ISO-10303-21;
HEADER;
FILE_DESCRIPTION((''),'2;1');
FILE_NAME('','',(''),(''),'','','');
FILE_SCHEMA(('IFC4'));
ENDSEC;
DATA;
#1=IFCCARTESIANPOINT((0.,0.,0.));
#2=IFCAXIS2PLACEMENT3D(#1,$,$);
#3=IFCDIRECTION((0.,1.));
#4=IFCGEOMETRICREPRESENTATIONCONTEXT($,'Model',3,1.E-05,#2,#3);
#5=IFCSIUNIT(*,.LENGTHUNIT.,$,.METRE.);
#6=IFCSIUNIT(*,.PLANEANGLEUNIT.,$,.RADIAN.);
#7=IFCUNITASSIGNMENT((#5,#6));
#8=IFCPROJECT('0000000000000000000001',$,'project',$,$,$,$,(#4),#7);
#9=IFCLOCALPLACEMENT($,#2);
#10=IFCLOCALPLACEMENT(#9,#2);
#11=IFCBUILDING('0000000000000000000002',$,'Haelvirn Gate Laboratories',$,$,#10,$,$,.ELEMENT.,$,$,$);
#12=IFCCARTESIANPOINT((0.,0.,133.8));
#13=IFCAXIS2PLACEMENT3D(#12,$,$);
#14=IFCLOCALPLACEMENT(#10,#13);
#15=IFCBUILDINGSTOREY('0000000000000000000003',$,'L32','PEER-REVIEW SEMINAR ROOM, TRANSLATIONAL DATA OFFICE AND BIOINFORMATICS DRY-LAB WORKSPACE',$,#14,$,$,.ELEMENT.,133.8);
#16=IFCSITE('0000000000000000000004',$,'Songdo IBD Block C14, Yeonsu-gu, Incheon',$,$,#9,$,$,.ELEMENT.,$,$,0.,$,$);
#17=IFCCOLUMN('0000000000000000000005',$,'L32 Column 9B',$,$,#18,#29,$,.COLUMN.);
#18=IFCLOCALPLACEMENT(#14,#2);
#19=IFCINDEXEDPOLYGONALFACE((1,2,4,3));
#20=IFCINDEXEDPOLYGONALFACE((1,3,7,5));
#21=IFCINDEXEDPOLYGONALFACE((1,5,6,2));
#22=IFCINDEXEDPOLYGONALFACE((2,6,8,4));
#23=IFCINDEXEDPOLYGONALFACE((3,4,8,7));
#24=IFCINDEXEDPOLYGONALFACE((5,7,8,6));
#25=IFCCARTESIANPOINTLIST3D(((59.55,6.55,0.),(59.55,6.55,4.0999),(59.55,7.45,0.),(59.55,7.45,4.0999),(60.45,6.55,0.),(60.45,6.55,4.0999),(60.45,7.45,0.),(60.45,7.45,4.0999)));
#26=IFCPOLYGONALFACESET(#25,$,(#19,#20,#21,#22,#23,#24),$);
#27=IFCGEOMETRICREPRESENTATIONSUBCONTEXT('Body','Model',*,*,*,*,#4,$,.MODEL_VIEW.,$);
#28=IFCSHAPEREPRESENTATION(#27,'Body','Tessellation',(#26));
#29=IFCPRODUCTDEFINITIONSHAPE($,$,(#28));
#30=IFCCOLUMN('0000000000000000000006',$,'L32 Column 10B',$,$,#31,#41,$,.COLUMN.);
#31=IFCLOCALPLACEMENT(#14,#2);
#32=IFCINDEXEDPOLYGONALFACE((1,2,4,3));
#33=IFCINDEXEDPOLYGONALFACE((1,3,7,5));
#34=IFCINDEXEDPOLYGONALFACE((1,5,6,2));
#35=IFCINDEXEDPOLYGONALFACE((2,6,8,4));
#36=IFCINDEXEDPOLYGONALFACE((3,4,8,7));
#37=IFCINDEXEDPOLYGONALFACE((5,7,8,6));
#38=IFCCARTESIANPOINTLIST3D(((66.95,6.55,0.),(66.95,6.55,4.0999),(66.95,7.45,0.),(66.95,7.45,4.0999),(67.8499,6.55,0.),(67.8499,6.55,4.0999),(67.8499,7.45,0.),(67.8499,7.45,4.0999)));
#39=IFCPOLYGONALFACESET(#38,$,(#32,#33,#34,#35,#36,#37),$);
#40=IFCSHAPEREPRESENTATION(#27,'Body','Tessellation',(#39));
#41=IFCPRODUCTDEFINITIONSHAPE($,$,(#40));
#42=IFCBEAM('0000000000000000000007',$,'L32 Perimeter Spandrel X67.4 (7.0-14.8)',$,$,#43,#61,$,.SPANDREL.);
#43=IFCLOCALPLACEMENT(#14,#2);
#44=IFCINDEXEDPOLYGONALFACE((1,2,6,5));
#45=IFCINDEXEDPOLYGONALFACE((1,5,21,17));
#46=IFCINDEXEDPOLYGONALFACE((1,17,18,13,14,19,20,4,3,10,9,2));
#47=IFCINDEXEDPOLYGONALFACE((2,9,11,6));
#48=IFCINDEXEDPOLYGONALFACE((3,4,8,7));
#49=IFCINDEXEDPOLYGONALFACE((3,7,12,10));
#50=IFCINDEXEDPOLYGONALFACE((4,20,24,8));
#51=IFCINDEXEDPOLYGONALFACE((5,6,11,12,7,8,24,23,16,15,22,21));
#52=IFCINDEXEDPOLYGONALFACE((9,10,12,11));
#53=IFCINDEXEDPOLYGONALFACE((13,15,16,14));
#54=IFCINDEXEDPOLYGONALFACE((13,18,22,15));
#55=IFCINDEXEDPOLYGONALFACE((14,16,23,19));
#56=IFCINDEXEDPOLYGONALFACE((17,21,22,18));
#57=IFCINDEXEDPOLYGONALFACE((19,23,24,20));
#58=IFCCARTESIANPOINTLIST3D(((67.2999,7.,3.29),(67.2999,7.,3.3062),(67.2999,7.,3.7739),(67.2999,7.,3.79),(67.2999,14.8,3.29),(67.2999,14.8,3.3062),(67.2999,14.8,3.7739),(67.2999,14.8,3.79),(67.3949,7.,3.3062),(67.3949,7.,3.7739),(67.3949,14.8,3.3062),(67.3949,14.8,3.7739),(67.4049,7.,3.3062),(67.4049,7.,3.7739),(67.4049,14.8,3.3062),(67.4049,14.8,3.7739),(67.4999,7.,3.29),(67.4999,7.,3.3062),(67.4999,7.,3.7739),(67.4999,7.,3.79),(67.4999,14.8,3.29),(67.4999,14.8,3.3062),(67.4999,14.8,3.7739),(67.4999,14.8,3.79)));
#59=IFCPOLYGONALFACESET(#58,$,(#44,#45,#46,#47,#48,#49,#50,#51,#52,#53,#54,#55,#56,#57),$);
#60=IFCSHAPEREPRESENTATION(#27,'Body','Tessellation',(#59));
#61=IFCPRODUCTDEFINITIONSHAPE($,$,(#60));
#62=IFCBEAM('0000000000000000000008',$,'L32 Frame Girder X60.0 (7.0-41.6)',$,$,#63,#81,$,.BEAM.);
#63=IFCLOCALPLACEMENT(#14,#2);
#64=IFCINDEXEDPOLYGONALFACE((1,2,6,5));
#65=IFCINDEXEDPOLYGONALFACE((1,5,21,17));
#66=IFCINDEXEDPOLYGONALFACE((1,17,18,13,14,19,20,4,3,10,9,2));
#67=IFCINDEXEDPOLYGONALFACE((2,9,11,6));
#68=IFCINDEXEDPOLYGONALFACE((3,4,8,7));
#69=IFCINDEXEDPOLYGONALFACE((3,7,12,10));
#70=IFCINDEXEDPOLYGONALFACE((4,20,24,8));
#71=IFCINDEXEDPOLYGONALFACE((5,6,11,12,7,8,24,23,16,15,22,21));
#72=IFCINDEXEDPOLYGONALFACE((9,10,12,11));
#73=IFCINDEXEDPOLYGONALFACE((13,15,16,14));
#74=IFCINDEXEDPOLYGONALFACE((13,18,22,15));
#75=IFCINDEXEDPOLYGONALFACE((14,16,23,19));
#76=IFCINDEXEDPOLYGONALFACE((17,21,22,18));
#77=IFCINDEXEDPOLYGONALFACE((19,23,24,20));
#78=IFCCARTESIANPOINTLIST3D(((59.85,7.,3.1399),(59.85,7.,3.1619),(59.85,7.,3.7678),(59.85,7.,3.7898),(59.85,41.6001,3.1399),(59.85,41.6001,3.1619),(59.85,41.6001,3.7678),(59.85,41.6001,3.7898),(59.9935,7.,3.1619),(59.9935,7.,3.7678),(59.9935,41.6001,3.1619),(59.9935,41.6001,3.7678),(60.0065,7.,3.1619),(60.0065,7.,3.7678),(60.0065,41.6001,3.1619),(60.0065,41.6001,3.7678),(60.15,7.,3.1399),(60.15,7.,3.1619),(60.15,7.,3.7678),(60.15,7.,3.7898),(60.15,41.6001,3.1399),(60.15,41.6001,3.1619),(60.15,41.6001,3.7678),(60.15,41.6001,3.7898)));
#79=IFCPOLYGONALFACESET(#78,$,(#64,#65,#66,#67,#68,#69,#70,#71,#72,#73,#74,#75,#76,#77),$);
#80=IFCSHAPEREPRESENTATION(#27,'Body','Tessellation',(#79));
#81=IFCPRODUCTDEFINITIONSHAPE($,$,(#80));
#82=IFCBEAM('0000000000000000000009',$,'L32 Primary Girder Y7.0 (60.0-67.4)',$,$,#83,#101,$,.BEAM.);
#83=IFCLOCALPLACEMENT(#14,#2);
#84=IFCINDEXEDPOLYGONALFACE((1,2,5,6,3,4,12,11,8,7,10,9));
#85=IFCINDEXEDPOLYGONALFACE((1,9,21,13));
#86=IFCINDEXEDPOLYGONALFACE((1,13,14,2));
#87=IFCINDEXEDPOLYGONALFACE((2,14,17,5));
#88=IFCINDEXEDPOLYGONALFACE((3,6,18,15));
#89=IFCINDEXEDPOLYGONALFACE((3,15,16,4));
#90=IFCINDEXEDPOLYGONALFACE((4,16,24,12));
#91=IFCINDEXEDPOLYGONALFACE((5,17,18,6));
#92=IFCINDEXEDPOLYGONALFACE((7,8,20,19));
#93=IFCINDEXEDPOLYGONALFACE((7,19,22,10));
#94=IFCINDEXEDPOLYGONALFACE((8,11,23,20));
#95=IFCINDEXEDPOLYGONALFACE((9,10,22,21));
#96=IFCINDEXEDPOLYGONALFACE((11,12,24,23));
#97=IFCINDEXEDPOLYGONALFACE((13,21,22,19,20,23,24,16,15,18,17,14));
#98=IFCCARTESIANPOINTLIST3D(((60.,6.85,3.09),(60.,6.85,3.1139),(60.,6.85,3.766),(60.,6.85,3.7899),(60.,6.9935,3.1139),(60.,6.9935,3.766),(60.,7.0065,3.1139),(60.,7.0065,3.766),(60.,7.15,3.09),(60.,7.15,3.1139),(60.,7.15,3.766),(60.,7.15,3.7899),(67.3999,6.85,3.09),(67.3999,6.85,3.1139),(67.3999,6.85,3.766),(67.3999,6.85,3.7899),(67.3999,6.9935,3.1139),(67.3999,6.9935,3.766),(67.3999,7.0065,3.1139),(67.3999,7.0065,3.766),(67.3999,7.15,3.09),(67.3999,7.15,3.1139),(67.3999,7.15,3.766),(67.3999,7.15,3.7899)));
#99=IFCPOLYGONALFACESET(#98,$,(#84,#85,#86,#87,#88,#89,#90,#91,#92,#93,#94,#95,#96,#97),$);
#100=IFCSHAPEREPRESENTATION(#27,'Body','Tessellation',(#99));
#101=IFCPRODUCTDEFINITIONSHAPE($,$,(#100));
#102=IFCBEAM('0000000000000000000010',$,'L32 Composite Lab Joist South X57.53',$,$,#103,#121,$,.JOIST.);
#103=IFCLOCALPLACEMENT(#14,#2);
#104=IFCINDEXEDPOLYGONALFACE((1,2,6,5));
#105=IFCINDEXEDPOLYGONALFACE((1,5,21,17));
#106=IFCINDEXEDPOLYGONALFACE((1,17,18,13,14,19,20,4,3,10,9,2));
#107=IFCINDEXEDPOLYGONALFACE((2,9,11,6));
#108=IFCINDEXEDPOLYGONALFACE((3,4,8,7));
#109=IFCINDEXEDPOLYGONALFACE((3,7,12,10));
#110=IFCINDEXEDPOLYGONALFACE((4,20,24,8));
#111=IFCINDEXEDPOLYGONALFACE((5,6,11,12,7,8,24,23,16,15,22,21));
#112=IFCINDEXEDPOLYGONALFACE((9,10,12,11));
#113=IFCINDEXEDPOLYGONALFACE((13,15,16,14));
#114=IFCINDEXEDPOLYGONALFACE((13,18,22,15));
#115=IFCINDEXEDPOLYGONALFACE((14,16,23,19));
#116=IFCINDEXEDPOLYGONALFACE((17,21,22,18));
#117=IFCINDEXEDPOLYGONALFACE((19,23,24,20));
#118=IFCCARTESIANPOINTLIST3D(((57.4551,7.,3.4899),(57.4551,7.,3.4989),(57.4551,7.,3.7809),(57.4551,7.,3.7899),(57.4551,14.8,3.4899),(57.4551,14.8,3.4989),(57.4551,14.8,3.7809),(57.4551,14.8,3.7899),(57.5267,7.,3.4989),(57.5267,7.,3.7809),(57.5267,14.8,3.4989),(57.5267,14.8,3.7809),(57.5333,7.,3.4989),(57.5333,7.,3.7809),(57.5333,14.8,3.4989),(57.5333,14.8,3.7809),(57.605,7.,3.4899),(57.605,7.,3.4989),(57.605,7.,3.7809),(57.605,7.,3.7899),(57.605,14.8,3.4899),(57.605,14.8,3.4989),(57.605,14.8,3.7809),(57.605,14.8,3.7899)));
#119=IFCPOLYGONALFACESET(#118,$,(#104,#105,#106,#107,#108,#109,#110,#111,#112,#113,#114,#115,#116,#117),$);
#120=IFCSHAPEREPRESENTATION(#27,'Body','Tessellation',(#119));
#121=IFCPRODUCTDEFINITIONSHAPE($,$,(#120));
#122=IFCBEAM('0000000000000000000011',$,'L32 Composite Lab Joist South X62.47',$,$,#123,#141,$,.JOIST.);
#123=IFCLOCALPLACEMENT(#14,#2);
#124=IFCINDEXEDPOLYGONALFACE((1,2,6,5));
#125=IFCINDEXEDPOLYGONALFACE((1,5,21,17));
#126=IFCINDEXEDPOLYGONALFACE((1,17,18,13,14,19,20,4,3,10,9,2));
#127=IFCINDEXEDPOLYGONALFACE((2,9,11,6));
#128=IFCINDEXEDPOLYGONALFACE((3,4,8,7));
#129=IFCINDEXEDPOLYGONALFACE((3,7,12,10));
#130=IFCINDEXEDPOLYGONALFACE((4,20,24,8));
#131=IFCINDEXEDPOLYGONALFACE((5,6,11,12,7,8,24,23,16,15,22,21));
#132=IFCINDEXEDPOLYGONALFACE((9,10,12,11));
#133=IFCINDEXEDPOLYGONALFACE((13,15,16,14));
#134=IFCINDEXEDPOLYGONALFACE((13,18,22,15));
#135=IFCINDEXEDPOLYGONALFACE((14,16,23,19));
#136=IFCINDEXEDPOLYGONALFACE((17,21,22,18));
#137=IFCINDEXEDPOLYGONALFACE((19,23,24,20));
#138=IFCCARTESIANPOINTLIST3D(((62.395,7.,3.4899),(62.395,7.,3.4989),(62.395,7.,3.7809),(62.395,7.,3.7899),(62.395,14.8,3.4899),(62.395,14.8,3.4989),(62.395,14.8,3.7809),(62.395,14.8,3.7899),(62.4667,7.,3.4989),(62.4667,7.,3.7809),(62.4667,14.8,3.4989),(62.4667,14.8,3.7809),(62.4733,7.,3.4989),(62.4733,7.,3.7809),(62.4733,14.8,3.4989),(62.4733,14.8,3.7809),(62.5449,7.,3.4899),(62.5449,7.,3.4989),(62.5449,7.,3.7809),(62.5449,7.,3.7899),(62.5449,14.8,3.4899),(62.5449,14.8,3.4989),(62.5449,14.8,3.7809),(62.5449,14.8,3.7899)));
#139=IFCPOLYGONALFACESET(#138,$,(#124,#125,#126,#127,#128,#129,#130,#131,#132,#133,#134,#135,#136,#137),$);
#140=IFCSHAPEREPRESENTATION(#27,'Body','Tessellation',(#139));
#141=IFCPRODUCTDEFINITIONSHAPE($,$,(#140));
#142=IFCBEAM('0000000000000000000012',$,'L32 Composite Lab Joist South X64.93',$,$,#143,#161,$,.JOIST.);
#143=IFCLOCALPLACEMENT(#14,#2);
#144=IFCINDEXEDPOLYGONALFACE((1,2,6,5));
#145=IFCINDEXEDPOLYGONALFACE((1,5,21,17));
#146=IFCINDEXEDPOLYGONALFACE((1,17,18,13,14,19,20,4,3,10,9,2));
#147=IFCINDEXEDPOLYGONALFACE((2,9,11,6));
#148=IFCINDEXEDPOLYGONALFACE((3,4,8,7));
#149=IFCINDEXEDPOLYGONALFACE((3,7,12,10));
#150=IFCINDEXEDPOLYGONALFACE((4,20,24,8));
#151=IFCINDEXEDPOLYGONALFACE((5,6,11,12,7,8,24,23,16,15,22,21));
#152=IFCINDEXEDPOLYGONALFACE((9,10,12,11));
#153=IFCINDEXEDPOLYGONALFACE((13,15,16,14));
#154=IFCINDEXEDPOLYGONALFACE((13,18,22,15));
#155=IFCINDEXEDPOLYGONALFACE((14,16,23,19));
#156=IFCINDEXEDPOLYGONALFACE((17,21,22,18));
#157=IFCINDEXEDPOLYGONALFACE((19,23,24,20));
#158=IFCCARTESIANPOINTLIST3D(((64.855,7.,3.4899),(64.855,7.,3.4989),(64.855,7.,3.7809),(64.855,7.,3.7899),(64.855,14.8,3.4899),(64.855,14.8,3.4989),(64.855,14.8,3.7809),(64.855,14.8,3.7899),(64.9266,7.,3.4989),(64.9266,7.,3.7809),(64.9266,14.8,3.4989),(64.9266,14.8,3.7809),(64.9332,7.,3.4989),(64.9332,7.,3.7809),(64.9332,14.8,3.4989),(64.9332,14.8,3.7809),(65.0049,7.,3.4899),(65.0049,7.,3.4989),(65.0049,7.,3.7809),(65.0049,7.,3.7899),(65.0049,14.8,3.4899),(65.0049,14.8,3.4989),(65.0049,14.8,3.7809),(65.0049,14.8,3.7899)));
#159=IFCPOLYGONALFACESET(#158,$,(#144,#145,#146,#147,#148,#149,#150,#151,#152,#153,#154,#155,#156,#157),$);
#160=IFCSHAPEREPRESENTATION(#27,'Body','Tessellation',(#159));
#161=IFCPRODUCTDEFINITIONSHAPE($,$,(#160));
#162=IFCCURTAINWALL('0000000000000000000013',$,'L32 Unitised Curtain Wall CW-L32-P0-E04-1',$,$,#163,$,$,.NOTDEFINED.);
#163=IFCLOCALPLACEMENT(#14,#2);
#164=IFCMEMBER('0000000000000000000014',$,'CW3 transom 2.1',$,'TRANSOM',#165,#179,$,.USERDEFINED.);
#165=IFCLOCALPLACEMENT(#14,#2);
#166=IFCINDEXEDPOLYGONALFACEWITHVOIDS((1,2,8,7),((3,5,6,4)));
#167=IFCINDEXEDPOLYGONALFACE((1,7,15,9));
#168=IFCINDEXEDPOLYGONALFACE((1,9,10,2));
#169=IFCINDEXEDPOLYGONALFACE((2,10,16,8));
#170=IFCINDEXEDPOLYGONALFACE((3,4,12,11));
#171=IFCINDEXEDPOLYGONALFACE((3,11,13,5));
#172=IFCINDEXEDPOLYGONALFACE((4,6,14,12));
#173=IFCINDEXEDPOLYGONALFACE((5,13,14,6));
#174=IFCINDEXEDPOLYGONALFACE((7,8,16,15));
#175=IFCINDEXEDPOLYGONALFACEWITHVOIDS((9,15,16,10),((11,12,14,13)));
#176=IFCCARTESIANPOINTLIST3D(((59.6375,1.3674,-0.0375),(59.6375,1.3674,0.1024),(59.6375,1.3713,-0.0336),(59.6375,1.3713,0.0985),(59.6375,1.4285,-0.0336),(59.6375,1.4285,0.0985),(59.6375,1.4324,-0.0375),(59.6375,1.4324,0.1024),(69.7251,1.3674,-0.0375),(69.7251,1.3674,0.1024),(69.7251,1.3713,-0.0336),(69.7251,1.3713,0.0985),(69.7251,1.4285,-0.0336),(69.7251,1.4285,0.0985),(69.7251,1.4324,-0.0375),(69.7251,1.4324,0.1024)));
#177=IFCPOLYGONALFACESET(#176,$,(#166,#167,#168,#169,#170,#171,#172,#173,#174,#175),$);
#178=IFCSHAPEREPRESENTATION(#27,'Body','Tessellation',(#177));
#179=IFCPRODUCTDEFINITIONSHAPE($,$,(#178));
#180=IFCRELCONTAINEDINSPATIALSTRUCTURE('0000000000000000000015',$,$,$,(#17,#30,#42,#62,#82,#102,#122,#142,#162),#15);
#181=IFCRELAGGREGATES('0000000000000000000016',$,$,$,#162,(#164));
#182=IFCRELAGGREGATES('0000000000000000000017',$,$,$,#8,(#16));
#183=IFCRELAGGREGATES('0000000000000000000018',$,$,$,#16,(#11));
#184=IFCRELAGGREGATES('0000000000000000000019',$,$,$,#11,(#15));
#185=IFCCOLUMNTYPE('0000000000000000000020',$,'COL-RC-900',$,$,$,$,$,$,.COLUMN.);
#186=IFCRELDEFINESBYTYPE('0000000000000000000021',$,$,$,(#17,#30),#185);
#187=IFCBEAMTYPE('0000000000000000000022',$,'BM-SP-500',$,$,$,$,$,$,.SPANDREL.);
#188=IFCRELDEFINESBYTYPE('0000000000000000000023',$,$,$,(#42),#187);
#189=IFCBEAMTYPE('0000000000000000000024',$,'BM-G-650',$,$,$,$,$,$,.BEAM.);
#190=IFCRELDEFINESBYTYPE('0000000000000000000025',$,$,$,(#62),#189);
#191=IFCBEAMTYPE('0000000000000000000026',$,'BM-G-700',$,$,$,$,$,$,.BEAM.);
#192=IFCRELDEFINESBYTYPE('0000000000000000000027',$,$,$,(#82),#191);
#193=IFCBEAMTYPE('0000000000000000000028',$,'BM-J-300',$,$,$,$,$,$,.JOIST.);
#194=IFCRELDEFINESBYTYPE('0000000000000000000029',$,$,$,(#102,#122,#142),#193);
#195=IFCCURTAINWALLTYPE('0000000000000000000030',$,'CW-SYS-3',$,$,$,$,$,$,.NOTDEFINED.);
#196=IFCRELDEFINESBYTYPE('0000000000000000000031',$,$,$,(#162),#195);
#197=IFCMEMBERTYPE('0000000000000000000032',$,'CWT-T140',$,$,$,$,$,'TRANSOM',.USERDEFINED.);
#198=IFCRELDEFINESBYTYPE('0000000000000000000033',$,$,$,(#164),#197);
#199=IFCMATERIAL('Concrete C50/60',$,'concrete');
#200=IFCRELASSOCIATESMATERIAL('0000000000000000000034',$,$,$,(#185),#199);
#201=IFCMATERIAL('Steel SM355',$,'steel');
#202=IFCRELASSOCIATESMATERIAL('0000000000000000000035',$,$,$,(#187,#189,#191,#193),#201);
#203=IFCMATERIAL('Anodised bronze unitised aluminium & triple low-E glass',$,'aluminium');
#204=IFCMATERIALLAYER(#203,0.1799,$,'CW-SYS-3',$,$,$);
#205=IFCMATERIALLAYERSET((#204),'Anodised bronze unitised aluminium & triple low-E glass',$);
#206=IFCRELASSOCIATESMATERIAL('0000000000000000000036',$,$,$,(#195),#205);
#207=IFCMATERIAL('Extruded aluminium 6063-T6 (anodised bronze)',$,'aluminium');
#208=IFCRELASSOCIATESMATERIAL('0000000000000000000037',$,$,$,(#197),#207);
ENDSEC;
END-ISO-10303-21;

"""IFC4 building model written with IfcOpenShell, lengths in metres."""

from ifc_helpers import new_model, si_unit, direction, frame, origin, origin_2d, place, context, subcontext, project, spatial, rectangle, hollow_rectangle, i_section, extrude, source, transform, mapped, material, layer, layer_set, material_profile, profile_set, type_object, type_shapes, element, aggregate, save


model = new_model("IFC4")

# Units and contexts
model_context = context("Model", 3, precision=1e-05, world=origin(), true_north=direction((0.0, 1.0)))
body_context = subcontext(model_context, "Body", "Model", "MODEL_VIEW")
ifc_project = project(units=[si_unit("LENGTHUNIT", "METRE"), si_unit("PLANEANGLEUNIT", "RADIAN")], contexts=[model_context])

# Site, building, storey
site_placement = place(None, origin())
site = spatial("IfcSite", under=ifc_project, at=site_placement, Name="Songdo IBD Block C14, Yeonsu-gu, Incheon", CompositionType="ELEMENT", RefElevation=0.0)
building_placement = place(site_placement, origin())
building = spatial("IfcBuilding", under=site, at=building_placement, Name="Haelvirn Gate Laboratories", CompositionType="ELEMENT")
storey_placement = place(building_placement, frame((0.0, 0.0, 133.8)))
storey = spatial("IfcBuildingStorey", under=building, at=storey_placement, Name="L32", Description="PEER-REVIEW SEMINAR ROOM, TRANSLATIONAL DATA OFFICE AND BIOINFORMATICS DRY-LAB WORKSPACE", CompositionType="ELEMENT", Elevation=133.8)

# Columns
ifc_material_1 = material(Name="Concrete C50/60", Category="concrete")
ifc_material_profile_1 = material_profile(ifc_material_1, rectangle(XDim=0.8999, YDim=0.8999, at=origin_2d()), Name="RC-900x900")
ifc_profile_set_1 = profile_set([ifc_material_profile_1], Name="Concrete C50/60")
column_type = type_object("IfcColumnType", Name="COL-RC-900", PredefinedType="COLUMN", material=ifc_profile_set_1)
shared_shape_1 = source(origin(), body_context, "Body", "SweptSolid", [
    extrude(rectangle(XDim=0.8999, YDim=0.8999, at=origin_2d()), origin(), (0.0, 0.0, 1.0), 4.0999),
])
type_shapes(column_type, [shared_shape_1])
for number, where, z_axis, x_axis, name in (
    (1, (60.0, 7.0, 0.0), (0.0, 0.0, 1.0), (1.0, 0.0, 0.0), "L32 Column 9B"),
    (2, (67.3999, 7.0, 0.0), (0.0, 0.0, 1.0), (1.0, 0.0, 0.0), "L32 Column 10B"),
):
    element("IfcColumn", number, at=place(storey_placement, frame(where, z_axis=z_axis, x_axis=x_axis)), inside=storey, type_object=column_type, Name=name, PredefinedType="COLUMN", context=body_context, shape_type="MappedRepresentation", body=[
        mapped(shared_shape_1, transform((0.0, 0.0, 0.0), scale=1.0)),
    ])

# Beams
ifc_material_2 = material(Name="Steel SM355", Category="steel")
ifc_material_profile_2 = material_profile(ifc_material_2, i_section(OverallWidth=0.2, OverallDepth=0.5, WebThickness=0.01, FlangeThickness=0.0161, at=origin_2d()), Name="H-500x200x10x16")
ifc_profile_set_2 = profile_set([ifc_material_profile_2], Name="Steel SM355")
beam_type_1 = type_object("IfcBeamType", Name="BM-SP-500", PredefinedType="SPANDREL", material=ifc_profile_set_2)
shared_shape_2 = source(origin(), body_context, "Body", "SweptSolid", [
    extrude(i_section(OverallWidth=0.2, OverallDepth=0.5, WebThickness=0.01, FlangeThickness=0.0161, at=origin_2d()), origin(), (0.0, 0.0, 1.0), 7.8),
])
type_shapes(beam_type_1, [shared_shape_2])
beam_1_placement = place(storey_placement, frame((67.3999, 7.0, 3.54), z_axis=(0.0, 1.0, 0.0), x_axis=(-1.0, 0.0, 0.0)))
element("IfcBeam", 3, at=beam_1_placement, inside=storey, type_object=beam_type_1, Name="L32 Perimeter Spandrel X67.4 (7.0-14.8)", PredefinedType="SPANDREL", context=body_context, shape_type="MappedRepresentation", body=[
    mapped(shared_shape_2, transform((0.0, 0.0, 0.0), scale=1.0)),
])
ifc_material_profile_3 = material_profile(ifc_material_2, i_section(OverallWidth=0.3, OverallDepth=0.6499, WebThickness=0.0129, FlangeThickness=0.022, at=origin_2d()), Name="H-650x300x13x22")
ifc_profile_set_3 = profile_set([ifc_material_profile_3], Name="Steel SM355")
beam_type_2 = type_object("IfcBeamType", Name="BM-G-650", PredefinedType="BEAM", material=ifc_profile_set_3)
shared_shape_3 = source(origin(), body_context, "Body", "SweptSolid", [
    extrude(i_section(OverallWidth=0.3, OverallDepth=0.6499, WebThickness=0.0129, FlangeThickness=0.022, at=origin_2d()), origin(), (0.0, 0.0, 1.0), 34.6001),
])
type_shapes(beam_type_2, [shared_shape_3])
beam_2_placement = place(storey_placement, frame((60.0, 7.0, 3.4648), z_axis=(0.0, 1.0, 0.0), x_axis=(-1.0, 0.0, 0.0)))
element("IfcBeam", 4, at=beam_2_placement, inside=storey, type_object=beam_type_2, Name="L32 Frame Girder X60.0 (7.0-41.6)", PredefinedType="BEAM", context=body_context, shape_type="MappedRepresentation", body=[
    mapped(shared_shape_3, transform((0.0, 0.0, 0.0), scale=1.0)),
])
ifc_material_profile_4 = material_profile(ifc_material_2, i_section(OverallWidth=0.3, OverallDepth=0.7, WebThickness=0.0129, FlangeThickness=0.0239, at=origin_2d()), Name="H-700x300x13x24")
ifc_profile_set_4 = profile_set([ifc_material_profile_4], Name="Steel SM355")
beam_type_3 = type_object("IfcBeamType", Name="BM-G-700", PredefinedType="BEAM", material=ifc_profile_set_4)
shared_shape_4 = source(origin(), body_context, "Body", "SweptSolid", [
    extrude(i_section(OverallWidth=0.3, OverallDepth=0.7, WebThickness=0.0129, FlangeThickness=0.0239, at=origin_2d()), origin(), (0.0, 0.0, 1.0), 7.3999),
])
type_shapes(beam_type_3, [shared_shape_4])
beam_3_placement = place(storey_placement, frame((60.0, 7.0, 3.4399), z_axis=(1.0, 0.0, 0.0), x_axis=(0.0, 1.0, 0.0)))
element("IfcBeam", 5, at=beam_3_placement, inside=storey, type_object=beam_type_3, Name="L32 Primary Girder Y7.0 (60.0-67.4)", PredefinedType="BEAM", context=body_context, shape_type="MappedRepresentation", body=[
    mapped(shared_shape_4, transform((0.0, 0.0, 0.0), scale=1.0)),
])
ifc_material_profile_5 = material_profile(ifc_material_2, i_section(OverallWidth=0.1499, OverallDepth=0.3, WebThickness=0.0066, FlangeThickness=0.009, at=origin_2d()), Name="H-300x150x6.5x9")
ifc_profile_set_5 = profile_set([ifc_material_profile_5], Name="Steel SM355")
beam_type_4 = type_object("IfcBeamType", Name="BM-J-300", PredefinedType="JOIST", material=ifc_profile_set_5)
shared_shape_5 = source(origin(), body_context, "Body", "SweptSolid", [
    extrude(i_section(OverallWidth=0.1499, OverallDepth=0.3, WebThickness=0.0066, FlangeThickness=0.009, at=origin_2d()), origin(), (0.0, 0.0, 1.0), 7.8),
])
type_shapes(beam_type_4, [shared_shape_5])
for number, where, z_axis, x_axis, name in (
    (6, (57.53, 7.0, 3.6399), (0.0, 1.0, 0.0), (-1.0, 0.0, 0.0), "L32 Composite Lab Joist South X57.53"),
    (7, (62.47, 7.0, 3.6399), (0.0, 1.0, 0.0), (-1.0, 0.0, 0.0), "L32 Composite Lab Joist South X62.47"),
    (8, (64.9299, 7.0, 3.6399), (0.0, 1.0, 0.0), (-1.0, 0.0, 0.0), "L32 Composite Lab Joist South X64.93"),
):
    element("IfcBeam", number, at=place(storey_placement, frame(where, z_axis=z_axis, x_axis=x_axis)), inside=storey, type_object=beam_type_4, Name=name, PredefinedType="JOIST", context=body_context, shape_type="MappedRepresentation", body=[
        mapped(shared_shape_5, transform((0.0, 0.0, 0.0), scale=1.0)),
    ])

# Curtain wall, member
ifc_material_3 = material(Name="Anodised bronze unitised aluminium & triple low-E glass", Category="aluminium")
ifc_layer_1 = layer(ifc_material_3, 0.1799, Name="CW-SYS-3")
ifc_layer_set_1 = layer_set([ifc_layer_1], Name="Anodised bronze unitised aluminium & triple low-E glass")
curtain_wall_type_1 = type_object("IfcCurtainWallType", Name="CW-SYS-3", PredefinedType="NOTDEFINED", material=ifc_layer_set_1)
curtain_wall_1_placement = place(storey_placement, origin())
curtain_wall_1 = element("IfcCurtainWall", 9, at=curtain_wall_1_placement, inside=storey, type_object=curtain_wall_type_1, Name="L32 Unitised Curtain Wall CW-L32-P0-E04-1", PredefinedType="NOTDEFINED")
ifc_material_4 = material(Name="Extruded aluminium 6063-T6 (anodised bronze)", Category="aluminium")
ifc_material_profile_6 = material_profile(ifc_material_4, hollow_rectangle(XDim=0.0649, YDim=0.1399, WallThickness=0.0039, at=origin_2d()), Name="CWT-140x65x4")
ifc_profile_set_6 = profile_set([ifc_material_profile_6], Name="Extruded aluminium 6063-T6 (anodised bronze)")
member_type_1 = type_object("IfcMemberType", Name="CWT-T140", ElementType="TRANSOM", PredefinedType="USERDEFINED", material=ifc_profile_set_6)
shared_shape_6 = source(origin(), body_context, "Body", "SweptSolid", [
    extrude(hollow_rectangle(XDim=0.0649, YDim=0.1399, WallThickness=0.0039, at=origin_2d()), origin(), (0.0, 0.0, 1.0), 10.0876),
])
member_1_placement = place(storey_placement, frame((59.6375, 1.3999, 0.0325), z_axis=(1.0, 0.0, 0.0), x_axis=(0.0, 1.0, 0.0)))
member_1 = element("IfcMember", 10, at=member_1_placement, type_object=member_type_1, Name="CW3 transom 2.1", ObjectType="TRANSOM", PredefinedType="USERDEFINED", context=body_context, shape_type="MappedRepresentation", body=[
    mapped(shared_shape_6, transform((0.0, 0.0, 0.0), scale=1.0)),
])

aggregate(curtain_wall_1, [member_1])

save(model, "model.ifc")
